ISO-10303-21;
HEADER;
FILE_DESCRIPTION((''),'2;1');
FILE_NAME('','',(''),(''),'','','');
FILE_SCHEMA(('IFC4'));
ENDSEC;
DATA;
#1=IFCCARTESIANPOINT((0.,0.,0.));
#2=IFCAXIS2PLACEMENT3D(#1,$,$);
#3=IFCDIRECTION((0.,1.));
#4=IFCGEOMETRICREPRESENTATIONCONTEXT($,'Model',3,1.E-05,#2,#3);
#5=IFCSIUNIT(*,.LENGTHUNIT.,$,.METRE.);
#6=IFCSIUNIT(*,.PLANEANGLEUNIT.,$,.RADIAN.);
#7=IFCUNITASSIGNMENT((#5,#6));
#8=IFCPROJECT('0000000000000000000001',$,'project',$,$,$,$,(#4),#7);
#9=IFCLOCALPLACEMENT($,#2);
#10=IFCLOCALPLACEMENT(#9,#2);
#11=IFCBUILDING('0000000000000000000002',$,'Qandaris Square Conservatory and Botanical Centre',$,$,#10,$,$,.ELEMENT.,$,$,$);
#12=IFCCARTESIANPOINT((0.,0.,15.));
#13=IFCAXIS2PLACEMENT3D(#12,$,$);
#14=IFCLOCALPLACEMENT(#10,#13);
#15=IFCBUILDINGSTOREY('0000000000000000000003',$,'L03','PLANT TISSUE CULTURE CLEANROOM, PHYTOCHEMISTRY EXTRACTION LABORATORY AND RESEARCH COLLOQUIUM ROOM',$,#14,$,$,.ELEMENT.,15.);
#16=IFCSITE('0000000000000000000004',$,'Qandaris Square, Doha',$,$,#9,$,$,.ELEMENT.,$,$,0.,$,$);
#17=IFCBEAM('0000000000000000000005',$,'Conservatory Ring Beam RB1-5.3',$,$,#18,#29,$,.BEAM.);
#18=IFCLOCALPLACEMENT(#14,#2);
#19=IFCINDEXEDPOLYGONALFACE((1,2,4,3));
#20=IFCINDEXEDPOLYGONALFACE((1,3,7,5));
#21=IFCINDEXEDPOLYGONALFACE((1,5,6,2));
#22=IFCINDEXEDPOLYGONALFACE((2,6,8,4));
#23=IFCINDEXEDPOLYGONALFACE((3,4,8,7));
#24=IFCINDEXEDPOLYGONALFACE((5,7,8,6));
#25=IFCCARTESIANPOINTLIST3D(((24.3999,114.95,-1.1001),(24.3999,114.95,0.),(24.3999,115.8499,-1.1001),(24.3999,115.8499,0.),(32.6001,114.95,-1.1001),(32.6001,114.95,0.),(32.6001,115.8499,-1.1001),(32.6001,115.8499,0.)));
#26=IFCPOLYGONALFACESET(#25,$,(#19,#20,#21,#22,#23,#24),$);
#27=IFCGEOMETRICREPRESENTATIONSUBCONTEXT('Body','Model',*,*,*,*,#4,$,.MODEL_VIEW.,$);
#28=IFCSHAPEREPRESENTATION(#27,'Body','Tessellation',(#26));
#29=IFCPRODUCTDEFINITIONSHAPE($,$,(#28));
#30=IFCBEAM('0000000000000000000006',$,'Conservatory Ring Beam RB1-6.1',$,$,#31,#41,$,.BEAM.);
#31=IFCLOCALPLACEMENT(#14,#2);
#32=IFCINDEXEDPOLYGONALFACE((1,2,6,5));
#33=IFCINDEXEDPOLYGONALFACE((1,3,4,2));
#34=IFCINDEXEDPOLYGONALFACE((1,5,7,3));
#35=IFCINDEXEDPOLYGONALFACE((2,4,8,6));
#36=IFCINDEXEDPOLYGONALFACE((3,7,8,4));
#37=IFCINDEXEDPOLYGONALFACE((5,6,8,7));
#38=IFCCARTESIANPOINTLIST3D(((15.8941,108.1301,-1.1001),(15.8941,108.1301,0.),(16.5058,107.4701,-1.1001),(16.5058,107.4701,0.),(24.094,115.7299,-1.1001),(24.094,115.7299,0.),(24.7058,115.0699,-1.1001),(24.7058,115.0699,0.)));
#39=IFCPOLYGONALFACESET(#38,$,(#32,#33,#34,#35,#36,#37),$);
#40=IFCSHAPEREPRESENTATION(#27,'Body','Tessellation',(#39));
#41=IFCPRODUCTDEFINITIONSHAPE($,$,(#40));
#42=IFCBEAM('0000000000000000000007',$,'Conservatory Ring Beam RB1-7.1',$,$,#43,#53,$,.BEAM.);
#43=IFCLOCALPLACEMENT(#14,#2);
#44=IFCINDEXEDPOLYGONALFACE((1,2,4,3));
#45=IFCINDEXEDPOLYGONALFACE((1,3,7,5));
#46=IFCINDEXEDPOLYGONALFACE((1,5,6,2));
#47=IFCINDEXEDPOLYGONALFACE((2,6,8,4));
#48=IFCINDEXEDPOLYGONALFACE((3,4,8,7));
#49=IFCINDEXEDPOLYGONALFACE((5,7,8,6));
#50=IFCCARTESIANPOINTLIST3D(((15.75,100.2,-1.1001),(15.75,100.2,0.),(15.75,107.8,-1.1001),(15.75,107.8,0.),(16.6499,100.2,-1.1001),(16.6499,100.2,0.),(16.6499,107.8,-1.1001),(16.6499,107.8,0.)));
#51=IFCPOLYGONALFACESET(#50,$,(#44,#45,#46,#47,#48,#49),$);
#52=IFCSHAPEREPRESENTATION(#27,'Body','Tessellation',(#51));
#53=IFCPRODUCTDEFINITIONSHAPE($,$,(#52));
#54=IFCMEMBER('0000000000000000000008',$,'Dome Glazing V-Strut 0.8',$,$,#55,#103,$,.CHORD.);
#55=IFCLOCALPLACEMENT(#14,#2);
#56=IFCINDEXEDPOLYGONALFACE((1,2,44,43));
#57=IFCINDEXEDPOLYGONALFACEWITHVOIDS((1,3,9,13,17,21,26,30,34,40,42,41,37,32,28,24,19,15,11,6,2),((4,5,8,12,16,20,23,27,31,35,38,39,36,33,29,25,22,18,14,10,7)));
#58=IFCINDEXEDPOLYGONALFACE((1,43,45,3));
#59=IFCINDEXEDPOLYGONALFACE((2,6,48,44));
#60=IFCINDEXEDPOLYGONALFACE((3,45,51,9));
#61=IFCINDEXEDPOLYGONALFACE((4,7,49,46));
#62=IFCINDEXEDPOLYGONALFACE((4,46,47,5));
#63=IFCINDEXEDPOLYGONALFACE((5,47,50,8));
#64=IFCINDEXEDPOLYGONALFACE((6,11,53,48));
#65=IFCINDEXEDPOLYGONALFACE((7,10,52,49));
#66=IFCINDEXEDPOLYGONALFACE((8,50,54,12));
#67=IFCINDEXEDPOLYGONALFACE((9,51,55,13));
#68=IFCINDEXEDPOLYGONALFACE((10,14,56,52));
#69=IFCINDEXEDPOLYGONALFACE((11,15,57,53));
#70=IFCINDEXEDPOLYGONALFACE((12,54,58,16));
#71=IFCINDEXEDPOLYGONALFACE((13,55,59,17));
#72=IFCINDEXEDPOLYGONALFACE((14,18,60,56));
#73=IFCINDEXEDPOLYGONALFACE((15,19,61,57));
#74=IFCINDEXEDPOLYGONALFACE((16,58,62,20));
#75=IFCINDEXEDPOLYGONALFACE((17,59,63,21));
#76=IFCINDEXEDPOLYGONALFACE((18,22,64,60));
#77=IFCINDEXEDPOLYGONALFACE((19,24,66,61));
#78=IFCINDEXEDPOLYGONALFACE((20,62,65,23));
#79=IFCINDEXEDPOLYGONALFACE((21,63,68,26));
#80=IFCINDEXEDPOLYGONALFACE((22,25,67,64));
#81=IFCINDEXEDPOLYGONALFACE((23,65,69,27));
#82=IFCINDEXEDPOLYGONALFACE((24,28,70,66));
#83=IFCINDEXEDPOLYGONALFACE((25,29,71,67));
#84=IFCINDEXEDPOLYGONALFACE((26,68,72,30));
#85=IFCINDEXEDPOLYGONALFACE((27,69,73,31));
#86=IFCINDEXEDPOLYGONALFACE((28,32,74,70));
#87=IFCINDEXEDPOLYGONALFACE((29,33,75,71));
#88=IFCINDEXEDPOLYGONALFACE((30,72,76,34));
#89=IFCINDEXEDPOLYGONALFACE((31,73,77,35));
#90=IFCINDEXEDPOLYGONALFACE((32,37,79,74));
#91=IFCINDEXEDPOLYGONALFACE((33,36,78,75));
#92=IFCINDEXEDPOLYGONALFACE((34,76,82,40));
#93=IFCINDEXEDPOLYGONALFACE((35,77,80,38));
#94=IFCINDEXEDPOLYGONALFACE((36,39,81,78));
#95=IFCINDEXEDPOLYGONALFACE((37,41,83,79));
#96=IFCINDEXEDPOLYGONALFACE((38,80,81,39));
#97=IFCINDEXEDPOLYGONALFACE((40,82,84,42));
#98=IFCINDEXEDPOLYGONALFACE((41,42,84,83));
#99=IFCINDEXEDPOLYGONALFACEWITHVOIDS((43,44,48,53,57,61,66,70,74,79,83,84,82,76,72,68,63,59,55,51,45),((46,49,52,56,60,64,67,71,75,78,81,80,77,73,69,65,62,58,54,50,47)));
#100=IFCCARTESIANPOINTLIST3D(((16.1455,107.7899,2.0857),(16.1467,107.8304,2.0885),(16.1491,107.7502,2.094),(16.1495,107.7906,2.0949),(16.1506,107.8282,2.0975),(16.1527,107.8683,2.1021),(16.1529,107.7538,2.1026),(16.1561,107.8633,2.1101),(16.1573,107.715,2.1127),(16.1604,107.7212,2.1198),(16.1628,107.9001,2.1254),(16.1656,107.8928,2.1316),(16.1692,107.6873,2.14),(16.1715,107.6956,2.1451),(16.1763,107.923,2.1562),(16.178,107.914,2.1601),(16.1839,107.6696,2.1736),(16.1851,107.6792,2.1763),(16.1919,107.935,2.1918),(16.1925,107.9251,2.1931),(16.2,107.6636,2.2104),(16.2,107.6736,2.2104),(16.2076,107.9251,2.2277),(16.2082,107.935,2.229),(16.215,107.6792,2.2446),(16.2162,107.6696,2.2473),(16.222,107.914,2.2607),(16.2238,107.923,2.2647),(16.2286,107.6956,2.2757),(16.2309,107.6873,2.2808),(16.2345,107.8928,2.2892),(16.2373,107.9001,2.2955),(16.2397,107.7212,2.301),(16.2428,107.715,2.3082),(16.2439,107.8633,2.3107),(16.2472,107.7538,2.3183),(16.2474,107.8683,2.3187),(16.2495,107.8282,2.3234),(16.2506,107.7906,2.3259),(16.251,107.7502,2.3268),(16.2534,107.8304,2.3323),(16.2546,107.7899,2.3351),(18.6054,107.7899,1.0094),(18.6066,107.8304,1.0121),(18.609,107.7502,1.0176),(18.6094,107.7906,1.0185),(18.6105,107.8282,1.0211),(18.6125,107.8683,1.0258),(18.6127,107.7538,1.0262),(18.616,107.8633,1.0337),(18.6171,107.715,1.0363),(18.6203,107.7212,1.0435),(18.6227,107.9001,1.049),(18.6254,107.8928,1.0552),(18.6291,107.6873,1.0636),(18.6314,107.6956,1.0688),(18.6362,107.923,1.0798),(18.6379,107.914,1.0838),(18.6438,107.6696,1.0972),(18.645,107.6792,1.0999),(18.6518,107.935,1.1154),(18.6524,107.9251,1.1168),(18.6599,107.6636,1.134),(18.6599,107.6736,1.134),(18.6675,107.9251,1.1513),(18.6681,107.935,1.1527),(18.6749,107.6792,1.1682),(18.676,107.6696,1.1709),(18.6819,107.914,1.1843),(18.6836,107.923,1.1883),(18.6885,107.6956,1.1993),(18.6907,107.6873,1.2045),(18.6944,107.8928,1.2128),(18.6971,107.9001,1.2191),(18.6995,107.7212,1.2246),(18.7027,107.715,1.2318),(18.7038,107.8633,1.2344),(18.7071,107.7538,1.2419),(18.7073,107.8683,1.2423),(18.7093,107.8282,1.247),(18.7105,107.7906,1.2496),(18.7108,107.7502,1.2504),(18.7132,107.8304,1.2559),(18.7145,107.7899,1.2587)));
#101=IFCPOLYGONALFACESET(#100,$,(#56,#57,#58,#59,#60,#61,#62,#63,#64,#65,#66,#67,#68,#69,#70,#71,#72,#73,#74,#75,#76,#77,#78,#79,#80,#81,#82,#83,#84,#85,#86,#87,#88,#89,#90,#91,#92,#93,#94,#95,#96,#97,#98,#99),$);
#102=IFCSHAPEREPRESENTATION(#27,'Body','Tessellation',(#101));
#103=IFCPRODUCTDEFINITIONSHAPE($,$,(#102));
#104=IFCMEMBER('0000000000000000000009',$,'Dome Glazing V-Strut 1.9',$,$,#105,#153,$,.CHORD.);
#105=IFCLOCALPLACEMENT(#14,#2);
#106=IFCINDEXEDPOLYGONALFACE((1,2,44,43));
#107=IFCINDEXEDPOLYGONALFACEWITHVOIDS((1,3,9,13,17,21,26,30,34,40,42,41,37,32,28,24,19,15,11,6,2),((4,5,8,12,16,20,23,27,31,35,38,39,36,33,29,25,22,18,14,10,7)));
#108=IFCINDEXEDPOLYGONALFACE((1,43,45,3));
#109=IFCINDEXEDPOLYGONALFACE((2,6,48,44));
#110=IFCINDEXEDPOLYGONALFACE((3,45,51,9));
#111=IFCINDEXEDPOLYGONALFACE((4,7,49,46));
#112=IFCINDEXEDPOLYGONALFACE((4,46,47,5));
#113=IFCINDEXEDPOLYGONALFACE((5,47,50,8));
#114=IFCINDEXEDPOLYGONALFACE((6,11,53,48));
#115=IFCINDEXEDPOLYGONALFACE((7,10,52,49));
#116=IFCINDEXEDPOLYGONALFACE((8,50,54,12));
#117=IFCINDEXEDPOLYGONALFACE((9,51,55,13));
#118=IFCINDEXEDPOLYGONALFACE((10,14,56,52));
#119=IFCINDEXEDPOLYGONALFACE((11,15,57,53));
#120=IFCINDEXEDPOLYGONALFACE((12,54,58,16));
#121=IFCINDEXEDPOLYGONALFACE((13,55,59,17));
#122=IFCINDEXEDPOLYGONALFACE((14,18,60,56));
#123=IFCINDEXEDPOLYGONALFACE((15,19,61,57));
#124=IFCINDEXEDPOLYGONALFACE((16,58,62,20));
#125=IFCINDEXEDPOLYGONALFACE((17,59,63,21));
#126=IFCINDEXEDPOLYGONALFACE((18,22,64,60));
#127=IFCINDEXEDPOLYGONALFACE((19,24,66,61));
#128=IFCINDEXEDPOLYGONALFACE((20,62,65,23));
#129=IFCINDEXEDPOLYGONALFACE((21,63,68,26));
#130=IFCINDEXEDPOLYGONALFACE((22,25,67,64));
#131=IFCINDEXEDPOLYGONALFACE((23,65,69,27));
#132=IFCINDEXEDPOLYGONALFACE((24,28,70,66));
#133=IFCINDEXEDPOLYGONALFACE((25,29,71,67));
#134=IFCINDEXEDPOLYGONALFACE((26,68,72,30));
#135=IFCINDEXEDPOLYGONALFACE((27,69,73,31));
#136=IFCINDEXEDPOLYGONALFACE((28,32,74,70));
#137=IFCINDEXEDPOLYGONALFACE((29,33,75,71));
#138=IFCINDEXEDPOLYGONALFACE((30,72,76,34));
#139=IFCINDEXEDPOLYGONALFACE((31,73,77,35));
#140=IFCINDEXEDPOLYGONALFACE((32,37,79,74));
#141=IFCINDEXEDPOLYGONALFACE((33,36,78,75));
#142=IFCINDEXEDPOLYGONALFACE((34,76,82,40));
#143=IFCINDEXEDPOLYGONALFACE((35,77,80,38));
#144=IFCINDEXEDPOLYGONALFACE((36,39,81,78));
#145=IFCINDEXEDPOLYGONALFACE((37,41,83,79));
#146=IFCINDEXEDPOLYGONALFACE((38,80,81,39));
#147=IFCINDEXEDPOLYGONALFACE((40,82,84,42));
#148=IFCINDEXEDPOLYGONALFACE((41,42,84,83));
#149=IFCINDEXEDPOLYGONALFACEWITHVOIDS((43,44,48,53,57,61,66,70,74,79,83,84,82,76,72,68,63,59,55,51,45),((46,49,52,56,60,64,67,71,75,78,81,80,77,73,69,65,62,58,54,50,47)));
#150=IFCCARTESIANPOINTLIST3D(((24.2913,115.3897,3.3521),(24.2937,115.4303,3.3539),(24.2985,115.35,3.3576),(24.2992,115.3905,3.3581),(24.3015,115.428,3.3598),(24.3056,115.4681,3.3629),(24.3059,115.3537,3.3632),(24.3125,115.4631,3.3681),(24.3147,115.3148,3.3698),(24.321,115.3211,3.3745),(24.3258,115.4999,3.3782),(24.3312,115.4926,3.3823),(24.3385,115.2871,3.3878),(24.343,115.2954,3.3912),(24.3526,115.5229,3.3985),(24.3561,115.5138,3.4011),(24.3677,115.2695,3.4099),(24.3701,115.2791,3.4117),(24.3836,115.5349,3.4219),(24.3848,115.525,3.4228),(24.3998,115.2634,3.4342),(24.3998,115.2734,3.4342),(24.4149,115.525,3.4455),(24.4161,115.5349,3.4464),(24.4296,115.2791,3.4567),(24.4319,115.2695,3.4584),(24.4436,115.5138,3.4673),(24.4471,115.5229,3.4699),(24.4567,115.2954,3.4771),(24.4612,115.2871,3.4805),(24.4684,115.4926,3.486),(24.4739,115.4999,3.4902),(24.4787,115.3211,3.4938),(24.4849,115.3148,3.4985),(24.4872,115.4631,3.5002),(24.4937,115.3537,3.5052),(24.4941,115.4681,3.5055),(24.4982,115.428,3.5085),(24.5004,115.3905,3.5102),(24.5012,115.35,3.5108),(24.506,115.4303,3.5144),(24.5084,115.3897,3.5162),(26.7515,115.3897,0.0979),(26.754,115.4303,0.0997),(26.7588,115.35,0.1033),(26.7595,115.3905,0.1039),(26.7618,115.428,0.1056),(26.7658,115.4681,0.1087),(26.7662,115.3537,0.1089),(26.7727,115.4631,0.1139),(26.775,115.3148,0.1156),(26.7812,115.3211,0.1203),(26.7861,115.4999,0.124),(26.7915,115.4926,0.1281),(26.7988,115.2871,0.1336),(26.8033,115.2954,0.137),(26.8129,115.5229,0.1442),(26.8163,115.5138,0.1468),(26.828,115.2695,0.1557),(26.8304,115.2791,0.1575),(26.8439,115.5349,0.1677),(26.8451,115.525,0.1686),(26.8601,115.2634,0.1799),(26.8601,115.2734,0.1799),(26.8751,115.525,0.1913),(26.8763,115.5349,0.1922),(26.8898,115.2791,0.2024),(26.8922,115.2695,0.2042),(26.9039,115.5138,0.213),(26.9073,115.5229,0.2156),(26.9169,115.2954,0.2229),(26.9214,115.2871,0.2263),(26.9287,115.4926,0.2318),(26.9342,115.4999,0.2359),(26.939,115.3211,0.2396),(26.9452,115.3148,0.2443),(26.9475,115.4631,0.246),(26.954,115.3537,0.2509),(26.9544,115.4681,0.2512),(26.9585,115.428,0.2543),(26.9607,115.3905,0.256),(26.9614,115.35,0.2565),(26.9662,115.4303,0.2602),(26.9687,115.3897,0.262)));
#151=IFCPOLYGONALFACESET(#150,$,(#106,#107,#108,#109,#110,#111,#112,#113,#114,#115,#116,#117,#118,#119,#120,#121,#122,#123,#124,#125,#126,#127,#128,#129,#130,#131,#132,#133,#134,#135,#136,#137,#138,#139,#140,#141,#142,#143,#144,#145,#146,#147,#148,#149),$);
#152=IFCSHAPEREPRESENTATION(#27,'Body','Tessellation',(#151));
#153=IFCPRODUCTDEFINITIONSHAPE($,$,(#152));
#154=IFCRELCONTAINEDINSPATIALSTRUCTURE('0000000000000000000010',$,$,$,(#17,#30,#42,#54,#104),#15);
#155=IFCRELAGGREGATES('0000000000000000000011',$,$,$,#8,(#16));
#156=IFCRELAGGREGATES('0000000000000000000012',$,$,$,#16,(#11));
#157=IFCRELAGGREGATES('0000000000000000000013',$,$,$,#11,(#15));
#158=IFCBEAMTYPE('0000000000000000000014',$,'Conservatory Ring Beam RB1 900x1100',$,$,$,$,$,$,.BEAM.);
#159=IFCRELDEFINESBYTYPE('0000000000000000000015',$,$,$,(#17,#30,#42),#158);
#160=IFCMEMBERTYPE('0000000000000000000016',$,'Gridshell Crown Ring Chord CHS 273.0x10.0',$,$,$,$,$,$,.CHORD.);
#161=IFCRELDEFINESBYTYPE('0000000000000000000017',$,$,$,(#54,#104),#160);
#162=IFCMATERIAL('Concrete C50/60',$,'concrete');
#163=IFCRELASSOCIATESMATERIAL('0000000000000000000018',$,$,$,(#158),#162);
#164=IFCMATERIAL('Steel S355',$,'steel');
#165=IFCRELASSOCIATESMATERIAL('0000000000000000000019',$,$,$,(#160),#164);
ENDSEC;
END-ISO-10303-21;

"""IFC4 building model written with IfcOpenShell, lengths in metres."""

from ifc_helpers import new_model, si_unit, direction, frame, origin, origin_2d, place, context, subcontext, project, spatial, rectangle, hollow_circle, extrude, material, material_profile, profile_set, type_object, element, save


model = new_model("IFC4")

# Units and contexts
model_context = context("Model", 3, precision=1e-05, world=origin(), true_north=direction((0.0, 1.0)))
body_context = subcontext(model_context, "Body", "Model", "MODEL_VIEW")
ifc_project = project(units=[si_unit("LENGTHUNIT", "METRE"), si_unit("PLANEANGLEUNIT", "RADIAN")], contexts=[model_context])

# Site, building, storey
site_placement = place(None, origin())
site = spatial("IfcSite", under=ifc_project, at=site_placement, Name="Qandaris Square, Doha", CompositionType="ELEMENT", RefElevation=0.0)
building_placement = place(site_placement, origin())
building = spatial("IfcBuilding", under=site, at=building_placement, Name="Qandaris Square Conservatory and Botanical Centre", CompositionType="ELEMENT")
storey_placement = place(building_placement, frame((0.0, 0.0, 15.0)))
storey = spatial("IfcBuildingStorey", under=building, at=storey_placement, Name="L03", Description="PLANT TISSUE CULTURE CLEANROOM, PHYTOCHEMISTRY EXTRACTION LABORATORY AND RESEARCH COLLOQUIUM ROOM", CompositionType="ELEMENT", Elevation=15.0)

# Beams
ifc_material_1 = material(Name="Concrete C50/60", Category="concrete")
ifc_material_profile_1 = material_profile(ifc_material_1, rectangle(XDim=0.8999, YDim=1.1001, at=origin_2d()), Name="RC-RB 900x1100")
ifc_profile_set_1 = profile_set([ifc_material_profile_1], Name="Concrete C50/60")
beam_type = type_object("IfcBeamType", Name="Conservatory Ring Beam RB1 900x1100", PredefinedType="BEAM", material=ifc_profile_set_1)
beam_1_placement = place(storey_placement, frame((32.6001, 115.3999, -0.55), z_axis=(-1.0, 0.0, 0.0), x_axis=(0.0, -1.0, 0.0)))
element("IfcBeam", 1, at=beam_1_placement, inside=storey, type_object=beam_type, Name="Conservatory Ring Beam RB1-5.3", PredefinedType="BEAM", context=body_context, shape_type="SweptSolid", body=[
    extrude(rectangle(XDim=0.8999, YDim=1.1001, at=origin_2d()), origin(), (0.0, 0.0, 1.0), 8.2002),
])
beam_2_placement = place(storey_placement, frame((24.3999, 115.3999, -0.55), z_axis=(-0.733435, -0.67976, 0.0), x_axis=(0.67976, -0.733435, 0.0)))
element("IfcBeam", 2, at=beam_2_placement, inside=storey, type_object=beam_type, Name="Conservatory Ring Beam RB1-6.1", PredefinedType="BEAM", context=body_context, shape_type="SweptSolid", body=[
    extrude(rectangle(XDim=0.8999, YDim=1.1001, at=origin_2d()), origin(), (0.0, 0.0, 1.0), 11.1802),
])
beam_3_placement = place(storey_placement, frame((16.2, 107.8, -0.55), z_axis=(0.0, -1.0, 0.0), x_axis=(1.0, 0.0, 0.0)))
element("IfcBeam", 3, at=beam_3_placement, inside=storey, type_object=beam_type, Name="Conservatory Ring Beam RB1-7.1", PredefinedType="BEAM", context=body_context, shape_type="SweptSolid", body=[
    extrude(rectangle(XDim=0.8999, YDim=1.1001, at=origin_2d()), origin(), (0.0, 0.0, 1.0), 7.6001),
])

# Members
ifc_material_2 = material(Name="Steel S355", Category="steel")
ifc_material_profile_2 = material_profile(ifc_material_2, hollow_circle(Radius=0.1365, WallThickness=0.01, at=origin_2d()), Name="CHS 273.0x10.0")
ifc_profile_set_2 = profile_set([ifc_material_profile_2], Name="Steel S355")
member_type_1 = type_object("IfcMemberType", Name="Gridshell Crown Ring Chord CHS 273.0x10.0", PredefinedType="CHORD", material=ifc_profile_set_2)
member_1_placement = place(storey_placement, frame((18.6599, 107.8, 1.134), z_axis=(-0.916132, 0.0, 0.400876), x_axis=(0.0, -1.0, 0.0)))
element("IfcMember", 4, at=member_1_placement, inside=storey, type_object=member_type_1, Name="Dome Glazing V-Strut 0.8", PredefinedType="CHORD", context=body_context, shape_type="SweptSolid", body=[
    extrude(hollow_circle(Radius=0.1365, WallThickness=0.01, at=origin_2d()), origin(), (0.0, 0.0, 1.0), 2.6851),
])
member_2_placement = place(storey_placement, frame((26.8601, 115.3999, 0.1799), z_axis=(-0.603069, 0.0, 0.797689), x_axis=(0.0, -1.0, 0.0)))
element("IfcMember", 5, at=member_2_placement, inside=storey, type_object=member_type_1, Name="Dome Glazing V-Strut 1.9", PredefinedType="CHORD", context=body_context, shape_type="SweptSolid", body=[
    extrude(hollow_circle(Radius=0.1365, WallThickness=0.01, at=origin_2d()), origin(), (0.0, 0.0, 1.0), 4.0796),
])

save(model, "model.ifc")
